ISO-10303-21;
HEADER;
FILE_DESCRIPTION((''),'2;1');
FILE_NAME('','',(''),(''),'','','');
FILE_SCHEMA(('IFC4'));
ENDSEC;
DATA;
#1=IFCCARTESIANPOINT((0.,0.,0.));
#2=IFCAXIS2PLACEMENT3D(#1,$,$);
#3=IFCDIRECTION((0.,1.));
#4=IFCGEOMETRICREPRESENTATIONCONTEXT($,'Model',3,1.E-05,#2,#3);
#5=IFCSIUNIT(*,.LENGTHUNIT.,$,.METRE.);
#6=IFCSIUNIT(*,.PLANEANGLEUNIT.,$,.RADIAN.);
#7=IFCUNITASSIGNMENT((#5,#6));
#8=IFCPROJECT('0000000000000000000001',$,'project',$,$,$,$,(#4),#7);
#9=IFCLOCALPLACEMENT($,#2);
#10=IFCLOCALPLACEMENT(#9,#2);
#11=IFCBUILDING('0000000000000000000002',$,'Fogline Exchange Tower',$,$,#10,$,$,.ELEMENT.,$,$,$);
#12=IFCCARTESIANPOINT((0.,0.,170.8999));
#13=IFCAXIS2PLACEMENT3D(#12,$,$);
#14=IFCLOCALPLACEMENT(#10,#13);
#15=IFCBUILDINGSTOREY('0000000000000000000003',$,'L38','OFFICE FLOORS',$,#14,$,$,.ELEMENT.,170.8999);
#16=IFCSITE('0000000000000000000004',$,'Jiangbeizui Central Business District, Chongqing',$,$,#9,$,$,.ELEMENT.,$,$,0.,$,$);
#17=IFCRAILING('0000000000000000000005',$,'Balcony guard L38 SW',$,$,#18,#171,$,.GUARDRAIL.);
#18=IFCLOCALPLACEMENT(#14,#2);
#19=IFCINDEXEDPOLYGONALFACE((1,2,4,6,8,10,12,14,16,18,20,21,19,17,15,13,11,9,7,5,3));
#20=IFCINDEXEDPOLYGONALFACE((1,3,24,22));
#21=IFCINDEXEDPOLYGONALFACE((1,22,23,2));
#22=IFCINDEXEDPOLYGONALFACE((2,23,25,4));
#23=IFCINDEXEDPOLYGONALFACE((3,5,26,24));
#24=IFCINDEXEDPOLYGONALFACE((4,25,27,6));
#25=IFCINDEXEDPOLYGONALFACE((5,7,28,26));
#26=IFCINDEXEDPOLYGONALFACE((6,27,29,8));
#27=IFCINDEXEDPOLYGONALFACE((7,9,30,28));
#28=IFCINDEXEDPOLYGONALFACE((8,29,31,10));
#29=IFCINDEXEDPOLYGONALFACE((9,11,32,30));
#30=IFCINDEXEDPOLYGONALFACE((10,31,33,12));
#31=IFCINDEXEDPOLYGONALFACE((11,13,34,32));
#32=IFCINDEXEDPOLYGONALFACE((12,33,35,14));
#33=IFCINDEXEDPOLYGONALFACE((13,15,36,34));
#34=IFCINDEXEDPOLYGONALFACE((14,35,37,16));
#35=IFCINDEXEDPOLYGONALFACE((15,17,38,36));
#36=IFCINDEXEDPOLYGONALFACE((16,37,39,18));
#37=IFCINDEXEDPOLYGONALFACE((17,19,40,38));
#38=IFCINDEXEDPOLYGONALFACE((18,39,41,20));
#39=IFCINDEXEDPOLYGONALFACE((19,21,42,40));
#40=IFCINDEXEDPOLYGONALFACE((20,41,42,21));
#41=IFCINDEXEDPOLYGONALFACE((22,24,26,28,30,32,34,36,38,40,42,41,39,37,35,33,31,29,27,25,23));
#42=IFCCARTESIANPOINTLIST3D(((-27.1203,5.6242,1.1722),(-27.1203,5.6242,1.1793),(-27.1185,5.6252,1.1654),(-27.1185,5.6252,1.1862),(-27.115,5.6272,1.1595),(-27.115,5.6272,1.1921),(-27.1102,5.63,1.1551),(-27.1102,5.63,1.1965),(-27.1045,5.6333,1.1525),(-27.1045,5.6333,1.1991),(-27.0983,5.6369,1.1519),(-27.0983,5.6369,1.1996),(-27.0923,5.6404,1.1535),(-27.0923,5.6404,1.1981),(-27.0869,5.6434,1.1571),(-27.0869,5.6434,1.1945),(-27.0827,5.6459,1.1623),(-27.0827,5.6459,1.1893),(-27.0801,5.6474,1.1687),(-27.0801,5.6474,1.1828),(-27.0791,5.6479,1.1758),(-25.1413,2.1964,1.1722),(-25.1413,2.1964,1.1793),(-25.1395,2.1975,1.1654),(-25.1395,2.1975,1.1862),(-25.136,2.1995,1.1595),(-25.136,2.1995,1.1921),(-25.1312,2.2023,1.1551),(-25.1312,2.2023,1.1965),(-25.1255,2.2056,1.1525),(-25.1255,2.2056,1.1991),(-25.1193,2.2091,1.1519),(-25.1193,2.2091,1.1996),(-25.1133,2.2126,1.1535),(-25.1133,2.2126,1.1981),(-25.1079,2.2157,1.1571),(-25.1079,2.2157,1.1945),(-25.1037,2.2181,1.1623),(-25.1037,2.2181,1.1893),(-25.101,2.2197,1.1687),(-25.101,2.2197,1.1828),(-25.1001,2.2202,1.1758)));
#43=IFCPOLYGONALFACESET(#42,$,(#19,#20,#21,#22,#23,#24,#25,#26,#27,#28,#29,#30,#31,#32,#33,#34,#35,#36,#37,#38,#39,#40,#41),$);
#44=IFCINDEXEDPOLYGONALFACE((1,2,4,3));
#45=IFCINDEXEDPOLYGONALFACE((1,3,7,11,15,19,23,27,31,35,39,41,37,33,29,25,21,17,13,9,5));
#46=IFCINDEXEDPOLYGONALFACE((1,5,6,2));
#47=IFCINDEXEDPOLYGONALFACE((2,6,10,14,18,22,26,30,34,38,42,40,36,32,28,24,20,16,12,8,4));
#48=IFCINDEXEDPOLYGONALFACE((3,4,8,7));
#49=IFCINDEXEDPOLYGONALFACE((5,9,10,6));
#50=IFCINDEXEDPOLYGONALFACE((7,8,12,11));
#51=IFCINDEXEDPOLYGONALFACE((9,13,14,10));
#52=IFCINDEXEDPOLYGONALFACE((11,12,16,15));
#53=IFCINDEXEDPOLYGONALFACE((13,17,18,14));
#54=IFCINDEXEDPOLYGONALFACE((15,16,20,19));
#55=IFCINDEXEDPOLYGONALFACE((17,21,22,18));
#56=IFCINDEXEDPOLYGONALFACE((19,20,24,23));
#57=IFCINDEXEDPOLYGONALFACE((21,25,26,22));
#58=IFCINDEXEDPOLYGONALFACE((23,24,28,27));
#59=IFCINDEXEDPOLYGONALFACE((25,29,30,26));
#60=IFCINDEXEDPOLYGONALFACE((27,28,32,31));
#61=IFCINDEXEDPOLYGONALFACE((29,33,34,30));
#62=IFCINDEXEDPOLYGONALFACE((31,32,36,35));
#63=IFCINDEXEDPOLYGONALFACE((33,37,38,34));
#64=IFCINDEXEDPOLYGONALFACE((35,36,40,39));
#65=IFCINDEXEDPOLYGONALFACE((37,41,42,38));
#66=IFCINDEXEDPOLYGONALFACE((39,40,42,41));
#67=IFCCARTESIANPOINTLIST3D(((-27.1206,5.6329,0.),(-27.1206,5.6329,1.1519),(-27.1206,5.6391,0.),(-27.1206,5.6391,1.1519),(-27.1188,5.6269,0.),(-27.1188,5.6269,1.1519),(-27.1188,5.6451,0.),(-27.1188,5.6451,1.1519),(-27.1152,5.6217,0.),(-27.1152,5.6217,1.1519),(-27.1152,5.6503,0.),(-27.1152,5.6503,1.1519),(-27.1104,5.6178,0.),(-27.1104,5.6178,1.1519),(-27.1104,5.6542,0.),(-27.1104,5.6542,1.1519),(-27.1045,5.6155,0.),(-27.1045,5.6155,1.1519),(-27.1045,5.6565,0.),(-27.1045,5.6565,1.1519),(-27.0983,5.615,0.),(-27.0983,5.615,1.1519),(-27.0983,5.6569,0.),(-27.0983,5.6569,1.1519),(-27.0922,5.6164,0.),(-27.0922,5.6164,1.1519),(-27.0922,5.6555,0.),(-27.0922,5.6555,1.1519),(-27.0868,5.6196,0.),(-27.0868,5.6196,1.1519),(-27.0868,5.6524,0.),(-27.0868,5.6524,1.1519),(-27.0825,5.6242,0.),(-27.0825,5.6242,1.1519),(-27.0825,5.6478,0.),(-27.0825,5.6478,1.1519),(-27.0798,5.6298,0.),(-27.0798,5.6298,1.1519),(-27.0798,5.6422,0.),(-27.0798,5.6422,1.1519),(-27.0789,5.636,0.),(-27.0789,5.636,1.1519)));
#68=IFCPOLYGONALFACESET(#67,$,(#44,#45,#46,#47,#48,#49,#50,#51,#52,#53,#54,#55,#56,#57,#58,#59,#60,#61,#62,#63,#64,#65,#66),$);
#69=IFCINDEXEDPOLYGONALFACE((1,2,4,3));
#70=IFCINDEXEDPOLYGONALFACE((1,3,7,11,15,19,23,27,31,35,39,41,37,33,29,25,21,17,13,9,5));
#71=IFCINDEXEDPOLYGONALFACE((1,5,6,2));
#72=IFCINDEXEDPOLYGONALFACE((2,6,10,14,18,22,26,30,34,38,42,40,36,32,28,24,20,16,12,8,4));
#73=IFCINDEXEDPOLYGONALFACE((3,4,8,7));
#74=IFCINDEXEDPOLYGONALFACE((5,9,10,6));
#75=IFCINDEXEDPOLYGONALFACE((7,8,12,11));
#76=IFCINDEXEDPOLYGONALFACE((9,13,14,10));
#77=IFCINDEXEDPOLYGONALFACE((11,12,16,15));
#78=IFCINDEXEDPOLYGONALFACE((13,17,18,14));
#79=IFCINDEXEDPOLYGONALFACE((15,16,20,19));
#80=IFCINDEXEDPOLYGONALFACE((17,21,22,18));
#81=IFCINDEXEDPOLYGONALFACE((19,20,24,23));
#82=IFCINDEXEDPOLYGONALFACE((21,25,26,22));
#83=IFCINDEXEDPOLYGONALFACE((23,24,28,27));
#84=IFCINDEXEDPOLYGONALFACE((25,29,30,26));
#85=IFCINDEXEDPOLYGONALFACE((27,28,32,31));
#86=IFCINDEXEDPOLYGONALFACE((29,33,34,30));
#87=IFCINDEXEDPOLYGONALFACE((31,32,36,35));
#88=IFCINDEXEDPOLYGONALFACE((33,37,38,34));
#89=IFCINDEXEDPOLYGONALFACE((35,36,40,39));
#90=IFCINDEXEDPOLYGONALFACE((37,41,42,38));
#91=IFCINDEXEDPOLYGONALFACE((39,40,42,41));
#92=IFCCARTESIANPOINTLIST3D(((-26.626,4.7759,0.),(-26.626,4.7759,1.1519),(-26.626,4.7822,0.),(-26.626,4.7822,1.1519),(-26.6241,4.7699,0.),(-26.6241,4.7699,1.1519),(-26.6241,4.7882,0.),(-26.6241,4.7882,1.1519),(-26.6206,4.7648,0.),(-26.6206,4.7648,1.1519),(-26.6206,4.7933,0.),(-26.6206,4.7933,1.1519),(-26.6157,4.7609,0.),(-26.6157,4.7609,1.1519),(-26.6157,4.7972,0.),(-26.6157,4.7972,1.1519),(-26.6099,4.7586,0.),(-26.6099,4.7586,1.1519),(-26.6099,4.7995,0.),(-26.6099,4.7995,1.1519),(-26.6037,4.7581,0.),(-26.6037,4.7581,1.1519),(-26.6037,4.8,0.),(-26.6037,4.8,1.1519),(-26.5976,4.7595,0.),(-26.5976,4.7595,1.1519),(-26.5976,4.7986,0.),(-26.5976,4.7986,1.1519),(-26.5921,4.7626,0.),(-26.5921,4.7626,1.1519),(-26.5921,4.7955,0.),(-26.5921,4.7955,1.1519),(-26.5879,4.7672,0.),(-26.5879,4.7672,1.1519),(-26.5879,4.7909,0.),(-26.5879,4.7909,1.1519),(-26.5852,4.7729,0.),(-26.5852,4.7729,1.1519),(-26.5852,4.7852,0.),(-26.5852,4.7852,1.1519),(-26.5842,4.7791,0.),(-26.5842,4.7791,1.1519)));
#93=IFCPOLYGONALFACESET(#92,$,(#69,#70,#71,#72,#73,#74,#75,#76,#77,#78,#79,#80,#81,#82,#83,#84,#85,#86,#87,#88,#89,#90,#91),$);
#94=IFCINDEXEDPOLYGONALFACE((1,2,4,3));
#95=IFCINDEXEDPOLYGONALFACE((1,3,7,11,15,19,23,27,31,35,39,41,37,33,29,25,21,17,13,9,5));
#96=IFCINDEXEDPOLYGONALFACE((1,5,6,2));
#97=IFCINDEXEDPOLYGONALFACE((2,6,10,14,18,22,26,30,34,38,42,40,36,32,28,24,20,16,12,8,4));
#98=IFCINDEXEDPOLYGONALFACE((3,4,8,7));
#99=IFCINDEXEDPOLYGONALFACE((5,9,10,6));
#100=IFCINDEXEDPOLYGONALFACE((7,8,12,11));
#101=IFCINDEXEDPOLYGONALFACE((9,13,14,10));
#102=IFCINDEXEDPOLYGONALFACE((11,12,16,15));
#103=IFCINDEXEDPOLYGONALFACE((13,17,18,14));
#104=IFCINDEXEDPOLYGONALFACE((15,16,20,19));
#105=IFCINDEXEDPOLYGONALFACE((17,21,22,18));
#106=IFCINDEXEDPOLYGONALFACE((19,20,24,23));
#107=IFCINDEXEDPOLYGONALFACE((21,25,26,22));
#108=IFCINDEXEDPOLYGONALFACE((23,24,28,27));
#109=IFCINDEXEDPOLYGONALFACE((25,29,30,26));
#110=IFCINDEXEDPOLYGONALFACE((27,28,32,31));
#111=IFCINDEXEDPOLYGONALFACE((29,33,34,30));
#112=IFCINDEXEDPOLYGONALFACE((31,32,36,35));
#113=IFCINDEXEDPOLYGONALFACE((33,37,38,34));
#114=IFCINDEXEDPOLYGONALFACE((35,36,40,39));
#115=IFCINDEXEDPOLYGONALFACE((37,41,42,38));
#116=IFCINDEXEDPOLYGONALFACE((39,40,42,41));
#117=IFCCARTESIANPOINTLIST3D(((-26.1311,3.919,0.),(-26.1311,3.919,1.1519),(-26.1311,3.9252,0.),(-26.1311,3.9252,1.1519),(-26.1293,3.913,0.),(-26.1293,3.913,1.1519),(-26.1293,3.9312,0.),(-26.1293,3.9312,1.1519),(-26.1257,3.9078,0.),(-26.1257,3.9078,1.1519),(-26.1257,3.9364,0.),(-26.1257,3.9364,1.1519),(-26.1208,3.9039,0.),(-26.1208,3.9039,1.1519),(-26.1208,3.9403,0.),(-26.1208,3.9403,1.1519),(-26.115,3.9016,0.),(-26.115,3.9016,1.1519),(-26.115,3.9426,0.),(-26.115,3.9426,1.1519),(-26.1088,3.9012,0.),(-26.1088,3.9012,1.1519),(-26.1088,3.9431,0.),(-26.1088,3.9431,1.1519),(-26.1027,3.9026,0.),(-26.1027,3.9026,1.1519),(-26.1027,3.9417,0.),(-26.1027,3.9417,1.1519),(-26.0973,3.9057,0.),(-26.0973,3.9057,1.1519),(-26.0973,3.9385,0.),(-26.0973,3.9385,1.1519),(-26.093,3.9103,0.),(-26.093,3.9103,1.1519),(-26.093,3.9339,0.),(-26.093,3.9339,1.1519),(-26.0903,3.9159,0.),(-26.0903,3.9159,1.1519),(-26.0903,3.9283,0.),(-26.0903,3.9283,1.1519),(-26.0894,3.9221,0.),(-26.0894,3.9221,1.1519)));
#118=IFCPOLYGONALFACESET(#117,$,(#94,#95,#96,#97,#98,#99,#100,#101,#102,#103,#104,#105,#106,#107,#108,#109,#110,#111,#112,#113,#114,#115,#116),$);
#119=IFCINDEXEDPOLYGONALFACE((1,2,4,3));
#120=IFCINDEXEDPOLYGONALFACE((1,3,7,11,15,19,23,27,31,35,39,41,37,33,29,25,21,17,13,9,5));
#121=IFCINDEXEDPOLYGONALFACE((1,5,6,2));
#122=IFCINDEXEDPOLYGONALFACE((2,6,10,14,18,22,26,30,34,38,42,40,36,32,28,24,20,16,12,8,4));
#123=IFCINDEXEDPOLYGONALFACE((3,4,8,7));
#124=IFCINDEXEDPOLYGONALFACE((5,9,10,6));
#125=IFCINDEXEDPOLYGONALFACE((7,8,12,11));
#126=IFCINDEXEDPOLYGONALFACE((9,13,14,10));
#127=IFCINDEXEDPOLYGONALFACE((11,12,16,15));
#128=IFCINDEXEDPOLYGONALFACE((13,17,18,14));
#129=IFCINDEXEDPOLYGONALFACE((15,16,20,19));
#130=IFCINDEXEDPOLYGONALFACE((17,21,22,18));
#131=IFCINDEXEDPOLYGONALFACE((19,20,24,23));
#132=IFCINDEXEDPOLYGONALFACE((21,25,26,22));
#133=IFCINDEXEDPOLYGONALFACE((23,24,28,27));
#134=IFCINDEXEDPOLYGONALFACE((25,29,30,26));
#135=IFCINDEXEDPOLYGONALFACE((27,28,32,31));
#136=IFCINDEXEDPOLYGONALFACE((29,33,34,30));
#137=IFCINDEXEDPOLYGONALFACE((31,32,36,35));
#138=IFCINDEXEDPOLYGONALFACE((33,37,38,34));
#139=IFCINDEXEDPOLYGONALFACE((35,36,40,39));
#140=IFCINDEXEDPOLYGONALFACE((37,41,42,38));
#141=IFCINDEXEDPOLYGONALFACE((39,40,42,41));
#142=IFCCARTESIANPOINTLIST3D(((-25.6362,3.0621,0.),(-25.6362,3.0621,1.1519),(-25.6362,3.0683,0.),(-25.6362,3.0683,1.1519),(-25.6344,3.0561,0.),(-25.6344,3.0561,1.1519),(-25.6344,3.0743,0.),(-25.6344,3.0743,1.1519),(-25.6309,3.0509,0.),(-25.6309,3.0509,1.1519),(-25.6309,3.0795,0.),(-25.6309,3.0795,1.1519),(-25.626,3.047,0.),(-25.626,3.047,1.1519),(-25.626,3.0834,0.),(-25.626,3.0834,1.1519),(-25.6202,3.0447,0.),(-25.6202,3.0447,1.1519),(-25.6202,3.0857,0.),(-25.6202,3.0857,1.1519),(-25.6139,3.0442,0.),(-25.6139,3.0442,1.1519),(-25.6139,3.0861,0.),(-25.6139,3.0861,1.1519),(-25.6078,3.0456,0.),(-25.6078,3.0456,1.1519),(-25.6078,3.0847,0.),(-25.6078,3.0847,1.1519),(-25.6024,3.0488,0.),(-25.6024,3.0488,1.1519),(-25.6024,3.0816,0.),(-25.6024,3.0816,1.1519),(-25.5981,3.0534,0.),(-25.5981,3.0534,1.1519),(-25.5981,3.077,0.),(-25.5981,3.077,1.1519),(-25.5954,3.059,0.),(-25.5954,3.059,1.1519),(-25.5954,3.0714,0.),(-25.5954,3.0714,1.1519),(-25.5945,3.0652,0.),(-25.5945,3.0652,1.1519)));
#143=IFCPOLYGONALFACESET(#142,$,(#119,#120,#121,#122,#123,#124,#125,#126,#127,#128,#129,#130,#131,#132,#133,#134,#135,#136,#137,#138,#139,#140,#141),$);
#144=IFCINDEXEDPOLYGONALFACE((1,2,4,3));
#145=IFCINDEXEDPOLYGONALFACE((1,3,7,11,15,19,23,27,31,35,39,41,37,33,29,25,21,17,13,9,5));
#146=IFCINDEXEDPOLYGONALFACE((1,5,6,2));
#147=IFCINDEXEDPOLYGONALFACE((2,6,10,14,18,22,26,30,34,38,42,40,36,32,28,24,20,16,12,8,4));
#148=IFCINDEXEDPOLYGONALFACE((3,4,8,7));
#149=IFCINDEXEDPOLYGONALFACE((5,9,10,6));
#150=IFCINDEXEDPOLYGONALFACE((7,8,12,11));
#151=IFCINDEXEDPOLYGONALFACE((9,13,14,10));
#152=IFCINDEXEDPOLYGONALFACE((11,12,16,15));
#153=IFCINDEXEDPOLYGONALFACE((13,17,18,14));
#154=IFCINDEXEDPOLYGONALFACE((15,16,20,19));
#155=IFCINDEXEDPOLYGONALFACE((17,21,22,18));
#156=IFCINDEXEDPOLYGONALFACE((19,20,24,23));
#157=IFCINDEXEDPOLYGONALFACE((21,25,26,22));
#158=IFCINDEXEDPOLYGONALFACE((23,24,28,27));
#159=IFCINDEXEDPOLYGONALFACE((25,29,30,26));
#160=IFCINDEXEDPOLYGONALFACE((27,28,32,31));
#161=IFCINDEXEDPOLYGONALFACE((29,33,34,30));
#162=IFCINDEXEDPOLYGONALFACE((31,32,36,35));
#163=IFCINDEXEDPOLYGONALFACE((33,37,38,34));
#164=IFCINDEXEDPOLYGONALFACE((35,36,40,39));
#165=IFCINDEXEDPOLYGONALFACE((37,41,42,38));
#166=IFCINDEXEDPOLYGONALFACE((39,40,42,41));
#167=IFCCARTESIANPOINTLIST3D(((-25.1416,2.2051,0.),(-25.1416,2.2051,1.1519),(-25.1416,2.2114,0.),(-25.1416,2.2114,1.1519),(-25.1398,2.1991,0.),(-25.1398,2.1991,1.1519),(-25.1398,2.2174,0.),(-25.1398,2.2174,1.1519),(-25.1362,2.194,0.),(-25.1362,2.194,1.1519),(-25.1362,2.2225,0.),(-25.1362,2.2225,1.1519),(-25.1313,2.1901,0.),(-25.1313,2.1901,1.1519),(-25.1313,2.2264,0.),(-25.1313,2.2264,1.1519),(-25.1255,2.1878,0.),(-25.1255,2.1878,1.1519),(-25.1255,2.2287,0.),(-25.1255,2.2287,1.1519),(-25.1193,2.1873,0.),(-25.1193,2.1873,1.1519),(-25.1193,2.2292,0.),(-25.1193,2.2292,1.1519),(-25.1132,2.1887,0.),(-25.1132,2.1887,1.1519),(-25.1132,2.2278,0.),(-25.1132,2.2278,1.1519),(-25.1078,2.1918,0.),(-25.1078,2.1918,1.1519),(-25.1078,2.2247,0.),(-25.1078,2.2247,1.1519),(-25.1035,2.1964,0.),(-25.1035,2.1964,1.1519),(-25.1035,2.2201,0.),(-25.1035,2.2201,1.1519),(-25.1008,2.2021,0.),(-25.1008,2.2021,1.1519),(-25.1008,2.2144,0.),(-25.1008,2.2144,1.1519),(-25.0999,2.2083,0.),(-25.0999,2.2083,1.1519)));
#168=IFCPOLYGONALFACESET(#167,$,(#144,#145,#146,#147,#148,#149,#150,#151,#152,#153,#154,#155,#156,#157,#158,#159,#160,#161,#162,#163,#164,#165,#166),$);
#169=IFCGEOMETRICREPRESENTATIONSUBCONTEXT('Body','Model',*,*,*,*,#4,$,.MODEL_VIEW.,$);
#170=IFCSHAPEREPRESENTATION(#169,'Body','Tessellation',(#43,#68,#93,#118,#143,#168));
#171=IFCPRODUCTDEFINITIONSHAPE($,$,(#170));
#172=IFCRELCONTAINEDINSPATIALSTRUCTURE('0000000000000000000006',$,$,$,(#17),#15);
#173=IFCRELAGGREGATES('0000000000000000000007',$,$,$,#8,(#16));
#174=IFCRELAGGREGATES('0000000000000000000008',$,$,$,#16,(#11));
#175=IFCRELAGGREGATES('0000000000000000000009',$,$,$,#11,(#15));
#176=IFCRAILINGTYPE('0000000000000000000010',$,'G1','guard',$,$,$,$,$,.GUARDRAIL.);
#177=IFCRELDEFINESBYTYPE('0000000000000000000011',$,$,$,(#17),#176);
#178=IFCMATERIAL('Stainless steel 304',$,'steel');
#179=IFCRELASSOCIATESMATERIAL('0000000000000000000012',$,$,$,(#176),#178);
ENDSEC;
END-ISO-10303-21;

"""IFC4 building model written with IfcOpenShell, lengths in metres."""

from ifc_helpers import new_model, si_unit, direction, frame, origin, origin_2d, place, context, subcontext, project, spatial, circle, extrude, material, type_object, element, save


model = new_model("IFC4")

# Units and contexts
model_context = context("Model", 3, precision=1e-05, world=origin(), true_north=direction((0.0, 1.0)))
body_context = subcontext(model_context, "Body", "Model", "MODEL_VIEW")
ifc_project = project(units=[si_unit("LENGTHUNIT", "METRE"), si_unit("PLANEANGLEUNIT", "RADIAN")], contexts=[model_context])

# Site, building, storey
site_placement = place(None, origin())
site = spatial("IfcSite", under=ifc_project, at=site_placement, Name="Jiangbeizui Central Business District, Chongqing", CompositionType="ELEMENT", RefElevation=0.0)
building_placement = place(site_placement, origin())
building = spatial("IfcBuilding", under=site, at=building_placement, Name="Fogline Exchange Tower", CompositionType="ELEMENT")
storey_placement = place(building_placement, frame((0.0, 0.0, 170.8999)))
storey = spatial("IfcBuildingStorey", under=building, at=storey_placement, Name="L38", Description="OFFICE FLOORS", CompositionType="ELEMENT", Elevation=170.8999)

# Railing
ifc_material_1 = material(Name="Stainless steel 304", Category="steel")
railing_type = type_object("IfcRailingType", Name="G1", Description="guard", PredefinedType="GUARDRAIL", material=ifc_material_1)
railing_placement = place(storey_placement, frame((-27.0999, 5.636, 0.0)))
element("IfcRailing", 1, at=railing_placement, inside=storey, type_object=railing_type, Name="Balcony guard L38 SW", PredefinedType="GUARDRAIL", context=body_context, shape_type="SweptSolid", body=[
    extrude(circle(Radius=0.0239, at=origin_2d()), frame((0.0, 0.0, 1.1758), z_axis=(0.5, -0.866025, 0.0), x_axis=(0.866025, 0.5, 0.0)), (0.0, 0.0, 1.0), 3.958),
    extrude(circle(Radius=0.021, at=origin_2d()), origin(), (0.0, 0.0, 1.0), 1.1519),
    extrude(circle(Radius=0.021, at=origin_2d()), frame((0.4946, -0.8569, 0.0)), (0.0, 0.0, 1.0), 1.1519),
    extrude(circle(Radius=0.021, at=origin_2d()), frame((0.9895, -1.7139, 0.0)), (0.0, 0.0, 1.0), 1.1519),
    extrude(circle(Radius=0.021, at=origin_2d()), frame((1.4844, -2.5708, 0.0)), (0.0, 0.0, 1.0), 1.1519),
    extrude(circle(Radius=0.021, at=origin_2d()), frame((1.979, -3.4277, 0.0)), (0.0, 0.0, 1.0), 1.1519),
])

save(model, "model.ifc")
